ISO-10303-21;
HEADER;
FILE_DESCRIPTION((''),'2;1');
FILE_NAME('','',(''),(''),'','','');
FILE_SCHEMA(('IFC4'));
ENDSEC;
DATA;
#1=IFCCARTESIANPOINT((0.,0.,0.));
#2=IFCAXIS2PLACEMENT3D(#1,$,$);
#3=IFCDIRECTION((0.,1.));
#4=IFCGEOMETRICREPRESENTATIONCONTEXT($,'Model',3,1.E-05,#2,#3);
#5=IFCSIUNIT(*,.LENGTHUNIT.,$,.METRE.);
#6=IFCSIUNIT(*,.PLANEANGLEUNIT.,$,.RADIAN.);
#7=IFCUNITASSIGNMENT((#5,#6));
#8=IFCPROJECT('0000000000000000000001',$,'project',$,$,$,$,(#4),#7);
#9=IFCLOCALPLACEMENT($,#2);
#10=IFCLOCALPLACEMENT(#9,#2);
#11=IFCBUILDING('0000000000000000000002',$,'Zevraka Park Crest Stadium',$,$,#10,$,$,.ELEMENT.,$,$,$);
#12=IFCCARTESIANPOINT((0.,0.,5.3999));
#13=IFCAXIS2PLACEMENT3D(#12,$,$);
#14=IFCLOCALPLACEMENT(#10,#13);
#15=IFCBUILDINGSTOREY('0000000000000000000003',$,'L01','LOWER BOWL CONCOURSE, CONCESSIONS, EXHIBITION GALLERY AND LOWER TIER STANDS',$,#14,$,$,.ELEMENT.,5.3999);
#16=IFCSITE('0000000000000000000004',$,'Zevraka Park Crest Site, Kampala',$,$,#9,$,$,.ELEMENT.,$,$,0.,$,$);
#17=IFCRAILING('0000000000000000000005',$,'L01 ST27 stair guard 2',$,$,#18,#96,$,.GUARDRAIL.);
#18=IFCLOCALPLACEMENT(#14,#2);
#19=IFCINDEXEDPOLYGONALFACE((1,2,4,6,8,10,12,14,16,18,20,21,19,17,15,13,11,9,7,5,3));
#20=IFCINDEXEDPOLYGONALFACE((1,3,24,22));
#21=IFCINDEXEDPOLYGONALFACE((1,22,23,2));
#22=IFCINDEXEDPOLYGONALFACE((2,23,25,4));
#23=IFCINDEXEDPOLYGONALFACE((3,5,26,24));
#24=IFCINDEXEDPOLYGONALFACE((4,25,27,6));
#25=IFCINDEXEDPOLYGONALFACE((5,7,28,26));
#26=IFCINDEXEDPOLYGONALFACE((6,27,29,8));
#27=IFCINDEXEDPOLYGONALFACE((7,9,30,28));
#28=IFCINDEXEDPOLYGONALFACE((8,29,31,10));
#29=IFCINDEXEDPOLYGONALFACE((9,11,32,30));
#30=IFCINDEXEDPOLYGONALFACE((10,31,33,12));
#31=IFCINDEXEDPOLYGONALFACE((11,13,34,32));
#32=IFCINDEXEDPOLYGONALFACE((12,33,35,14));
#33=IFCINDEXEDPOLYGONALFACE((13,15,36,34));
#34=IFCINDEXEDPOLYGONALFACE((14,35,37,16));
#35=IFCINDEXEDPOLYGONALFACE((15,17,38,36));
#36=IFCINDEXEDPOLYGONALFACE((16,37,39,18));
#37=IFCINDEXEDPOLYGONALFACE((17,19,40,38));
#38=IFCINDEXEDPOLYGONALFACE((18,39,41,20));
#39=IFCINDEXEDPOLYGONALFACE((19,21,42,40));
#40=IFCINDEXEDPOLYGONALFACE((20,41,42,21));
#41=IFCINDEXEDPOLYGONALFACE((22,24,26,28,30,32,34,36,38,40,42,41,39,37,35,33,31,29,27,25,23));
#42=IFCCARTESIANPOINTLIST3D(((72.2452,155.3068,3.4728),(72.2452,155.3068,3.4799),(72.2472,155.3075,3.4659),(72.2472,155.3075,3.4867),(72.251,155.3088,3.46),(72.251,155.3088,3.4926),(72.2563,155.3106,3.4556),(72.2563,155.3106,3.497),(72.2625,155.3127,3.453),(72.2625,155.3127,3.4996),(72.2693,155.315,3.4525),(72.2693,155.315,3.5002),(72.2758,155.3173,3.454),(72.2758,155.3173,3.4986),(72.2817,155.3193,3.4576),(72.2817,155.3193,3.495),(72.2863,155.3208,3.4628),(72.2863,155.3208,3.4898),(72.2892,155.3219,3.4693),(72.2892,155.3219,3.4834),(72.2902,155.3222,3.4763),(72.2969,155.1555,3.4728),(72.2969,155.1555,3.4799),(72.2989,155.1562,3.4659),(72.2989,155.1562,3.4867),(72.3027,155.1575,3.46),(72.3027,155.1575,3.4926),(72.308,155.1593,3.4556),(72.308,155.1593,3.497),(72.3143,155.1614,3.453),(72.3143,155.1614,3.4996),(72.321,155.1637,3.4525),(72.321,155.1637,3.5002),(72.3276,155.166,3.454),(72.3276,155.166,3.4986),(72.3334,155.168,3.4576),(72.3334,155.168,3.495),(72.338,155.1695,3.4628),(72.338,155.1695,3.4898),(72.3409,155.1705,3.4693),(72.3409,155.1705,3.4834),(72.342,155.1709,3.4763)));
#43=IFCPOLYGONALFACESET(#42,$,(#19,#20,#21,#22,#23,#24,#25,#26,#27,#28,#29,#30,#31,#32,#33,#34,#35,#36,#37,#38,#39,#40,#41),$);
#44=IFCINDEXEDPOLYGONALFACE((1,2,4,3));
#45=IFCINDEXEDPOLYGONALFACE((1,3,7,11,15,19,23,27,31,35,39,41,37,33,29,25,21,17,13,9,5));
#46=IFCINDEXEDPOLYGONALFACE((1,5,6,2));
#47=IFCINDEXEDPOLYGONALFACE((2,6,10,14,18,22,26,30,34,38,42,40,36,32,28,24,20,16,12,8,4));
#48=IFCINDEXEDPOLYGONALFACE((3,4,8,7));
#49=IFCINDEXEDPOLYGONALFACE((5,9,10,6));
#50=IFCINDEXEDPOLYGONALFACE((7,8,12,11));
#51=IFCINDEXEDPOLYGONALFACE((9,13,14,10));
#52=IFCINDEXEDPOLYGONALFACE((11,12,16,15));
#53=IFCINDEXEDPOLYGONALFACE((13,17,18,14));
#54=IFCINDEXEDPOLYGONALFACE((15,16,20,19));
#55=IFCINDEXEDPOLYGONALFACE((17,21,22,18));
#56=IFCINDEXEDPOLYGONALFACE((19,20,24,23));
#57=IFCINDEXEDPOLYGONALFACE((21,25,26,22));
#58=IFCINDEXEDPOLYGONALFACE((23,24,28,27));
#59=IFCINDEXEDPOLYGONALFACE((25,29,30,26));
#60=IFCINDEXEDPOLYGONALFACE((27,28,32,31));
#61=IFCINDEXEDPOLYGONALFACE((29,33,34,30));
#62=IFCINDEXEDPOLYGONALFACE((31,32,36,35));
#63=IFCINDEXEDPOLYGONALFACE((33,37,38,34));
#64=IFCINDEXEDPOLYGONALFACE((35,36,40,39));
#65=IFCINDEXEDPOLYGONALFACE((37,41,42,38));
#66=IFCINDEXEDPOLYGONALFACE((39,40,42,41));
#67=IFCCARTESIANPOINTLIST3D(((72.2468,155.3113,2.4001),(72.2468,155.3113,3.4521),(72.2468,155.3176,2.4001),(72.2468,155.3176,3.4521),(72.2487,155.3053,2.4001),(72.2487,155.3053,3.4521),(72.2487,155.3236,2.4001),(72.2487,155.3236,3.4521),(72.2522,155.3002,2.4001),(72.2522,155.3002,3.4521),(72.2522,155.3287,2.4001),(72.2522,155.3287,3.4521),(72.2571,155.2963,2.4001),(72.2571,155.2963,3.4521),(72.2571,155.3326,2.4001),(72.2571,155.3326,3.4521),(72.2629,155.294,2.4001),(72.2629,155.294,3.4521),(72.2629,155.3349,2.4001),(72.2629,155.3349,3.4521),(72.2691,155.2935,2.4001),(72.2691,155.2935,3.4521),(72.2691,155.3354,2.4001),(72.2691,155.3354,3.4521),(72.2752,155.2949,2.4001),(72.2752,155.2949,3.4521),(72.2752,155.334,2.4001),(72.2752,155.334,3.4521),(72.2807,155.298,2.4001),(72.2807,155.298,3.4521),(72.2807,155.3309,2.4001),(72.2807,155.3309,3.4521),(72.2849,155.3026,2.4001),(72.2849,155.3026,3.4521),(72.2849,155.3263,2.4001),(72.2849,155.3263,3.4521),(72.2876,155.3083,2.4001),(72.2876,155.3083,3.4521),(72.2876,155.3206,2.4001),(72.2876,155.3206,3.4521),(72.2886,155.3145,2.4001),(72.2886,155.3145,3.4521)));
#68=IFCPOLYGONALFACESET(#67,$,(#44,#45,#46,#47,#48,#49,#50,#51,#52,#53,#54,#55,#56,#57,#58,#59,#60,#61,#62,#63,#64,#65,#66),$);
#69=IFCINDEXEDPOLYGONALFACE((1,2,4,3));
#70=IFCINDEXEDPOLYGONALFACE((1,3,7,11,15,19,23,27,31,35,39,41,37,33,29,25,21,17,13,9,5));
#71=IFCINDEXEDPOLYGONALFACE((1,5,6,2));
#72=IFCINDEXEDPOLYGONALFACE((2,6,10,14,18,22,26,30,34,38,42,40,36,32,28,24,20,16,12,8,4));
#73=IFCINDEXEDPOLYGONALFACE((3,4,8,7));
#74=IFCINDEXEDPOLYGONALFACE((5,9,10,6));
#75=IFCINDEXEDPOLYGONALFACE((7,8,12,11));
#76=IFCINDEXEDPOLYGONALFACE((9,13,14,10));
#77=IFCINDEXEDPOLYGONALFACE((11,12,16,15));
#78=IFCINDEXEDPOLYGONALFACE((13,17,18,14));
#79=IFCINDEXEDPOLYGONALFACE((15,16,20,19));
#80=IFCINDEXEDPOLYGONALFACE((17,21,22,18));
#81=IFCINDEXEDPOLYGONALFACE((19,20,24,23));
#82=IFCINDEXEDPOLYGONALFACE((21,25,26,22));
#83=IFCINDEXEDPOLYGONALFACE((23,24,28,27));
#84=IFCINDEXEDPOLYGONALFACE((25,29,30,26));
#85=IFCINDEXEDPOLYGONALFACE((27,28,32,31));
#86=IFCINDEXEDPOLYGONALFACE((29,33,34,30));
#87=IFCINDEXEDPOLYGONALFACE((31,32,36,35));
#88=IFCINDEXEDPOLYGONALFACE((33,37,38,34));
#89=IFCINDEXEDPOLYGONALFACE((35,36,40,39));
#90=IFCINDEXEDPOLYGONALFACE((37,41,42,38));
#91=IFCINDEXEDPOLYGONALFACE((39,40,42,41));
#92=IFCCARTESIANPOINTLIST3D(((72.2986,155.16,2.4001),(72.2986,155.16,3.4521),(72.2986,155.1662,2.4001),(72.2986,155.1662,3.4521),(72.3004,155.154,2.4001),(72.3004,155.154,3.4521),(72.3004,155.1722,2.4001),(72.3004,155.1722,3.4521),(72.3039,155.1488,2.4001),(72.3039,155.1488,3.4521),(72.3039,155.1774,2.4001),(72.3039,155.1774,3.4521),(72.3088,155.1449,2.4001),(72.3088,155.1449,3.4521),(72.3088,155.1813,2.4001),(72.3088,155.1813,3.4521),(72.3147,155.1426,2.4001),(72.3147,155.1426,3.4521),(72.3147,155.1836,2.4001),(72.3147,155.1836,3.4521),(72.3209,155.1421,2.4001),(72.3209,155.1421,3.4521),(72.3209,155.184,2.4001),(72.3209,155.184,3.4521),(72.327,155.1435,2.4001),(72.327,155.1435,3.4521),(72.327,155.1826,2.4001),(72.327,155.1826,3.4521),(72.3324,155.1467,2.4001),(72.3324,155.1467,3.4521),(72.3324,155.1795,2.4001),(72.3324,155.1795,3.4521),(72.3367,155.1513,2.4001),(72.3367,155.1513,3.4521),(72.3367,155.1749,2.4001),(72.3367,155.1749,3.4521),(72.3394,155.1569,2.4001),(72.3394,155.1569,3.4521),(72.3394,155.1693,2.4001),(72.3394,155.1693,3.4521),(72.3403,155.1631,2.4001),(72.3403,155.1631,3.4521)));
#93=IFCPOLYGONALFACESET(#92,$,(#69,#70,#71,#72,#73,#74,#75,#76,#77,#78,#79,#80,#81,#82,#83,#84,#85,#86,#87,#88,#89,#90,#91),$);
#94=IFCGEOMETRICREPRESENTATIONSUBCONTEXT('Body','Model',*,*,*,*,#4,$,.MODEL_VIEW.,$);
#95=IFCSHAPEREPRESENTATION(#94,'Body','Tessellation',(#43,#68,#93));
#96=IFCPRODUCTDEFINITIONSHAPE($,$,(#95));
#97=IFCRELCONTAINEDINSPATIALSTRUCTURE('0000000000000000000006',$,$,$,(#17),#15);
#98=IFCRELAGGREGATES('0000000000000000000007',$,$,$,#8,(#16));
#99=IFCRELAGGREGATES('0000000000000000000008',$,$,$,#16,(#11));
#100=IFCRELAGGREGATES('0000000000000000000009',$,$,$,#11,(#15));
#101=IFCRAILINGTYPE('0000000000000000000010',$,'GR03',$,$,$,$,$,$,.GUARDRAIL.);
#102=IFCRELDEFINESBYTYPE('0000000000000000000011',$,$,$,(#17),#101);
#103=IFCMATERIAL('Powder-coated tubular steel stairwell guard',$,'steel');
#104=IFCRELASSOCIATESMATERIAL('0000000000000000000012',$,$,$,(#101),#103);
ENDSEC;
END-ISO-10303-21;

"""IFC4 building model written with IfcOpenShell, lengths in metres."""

from ifc_helpers import new_model, si_unit, direction, frame, origin, origin_2d, place, context, subcontext, project, spatial, circle, extrude, material, type_object, element, save


model = new_model("IFC4")

# Units and contexts
model_context = context("Model", 3, precision=1e-05, world=origin(), true_north=direction((0.0, 1.0)))
body_context = subcontext(model_context, "Body", "Model", "MODEL_VIEW")
ifc_project = project(units=[si_unit("LENGTHUNIT", "METRE"), si_unit("PLANEANGLEUNIT", "RADIAN")], contexts=[model_context])

# Site, building, storey
site_placement = place(None, origin())
site = spatial("IfcSite", under=ifc_project, at=site_placement, Name="Zevraka Park Crest Site, Kampala", CompositionType="ELEMENT", RefElevation=0.0)
building_placement = place(site_placement, origin())
building = spatial("IfcBuilding", under=site, at=building_placement, Name="Zevraka Park Crest Stadium", CompositionType="ELEMENT")
storey_placement = place(building_placement, frame((0.0, 0.0, 5.3999)))
storey = spatial("IfcBuildingStorey", under=building, at=storey_placement, Name="L01", Description="LOWER BOWL CONCOURSE, CONCESSIONS, EXHIBITION GALLERY AND LOWER TIER STANDS", CompositionType="ELEMENT", Elevation=5.3999)

# Railing
ifc_material_1 = material(Name="Powder-coated tubular steel stairwell guard", Category="steel")
railing_type_1 = type_object("IfcRailingType", Name="GR03", PredefinedType="GUARDRAIL", material=ifc_material_1)
railing_1_placement = place(storey_placement, frame((72.2676, 155.3145, 2.4001)))
element("IfcRailing", 1, at=railing_1_placement, inside=storey, type_object=railing_type_1, Name="L01 ST27 stair guard 2", PredefinedType="GUARDRAIL", context=body_context, shape_type="SweptSolid", body=[
    extrude(circle(Radius=0.0239, at=origin_2d()), frame((0.0, 0.0, 1.0762), z_axis=(0.323544, -0.946213, 0.0), x_axis=(0.946213, 0.323544, 0.0)), (0.0, 0.0, 1.0), 0.1599),
    extrude(circle(Radius=0.021, at=origin_2d()), origin(), (0.0, 0.0, 1.0), 1.052),
    extrude(circle(Radius=0.021, at=origin_2d()), frame((0.0518, -0.1514, 0.0)), (0.0, 0.0, 1.0), 1.052),
])

save(model, "model.ifc")
